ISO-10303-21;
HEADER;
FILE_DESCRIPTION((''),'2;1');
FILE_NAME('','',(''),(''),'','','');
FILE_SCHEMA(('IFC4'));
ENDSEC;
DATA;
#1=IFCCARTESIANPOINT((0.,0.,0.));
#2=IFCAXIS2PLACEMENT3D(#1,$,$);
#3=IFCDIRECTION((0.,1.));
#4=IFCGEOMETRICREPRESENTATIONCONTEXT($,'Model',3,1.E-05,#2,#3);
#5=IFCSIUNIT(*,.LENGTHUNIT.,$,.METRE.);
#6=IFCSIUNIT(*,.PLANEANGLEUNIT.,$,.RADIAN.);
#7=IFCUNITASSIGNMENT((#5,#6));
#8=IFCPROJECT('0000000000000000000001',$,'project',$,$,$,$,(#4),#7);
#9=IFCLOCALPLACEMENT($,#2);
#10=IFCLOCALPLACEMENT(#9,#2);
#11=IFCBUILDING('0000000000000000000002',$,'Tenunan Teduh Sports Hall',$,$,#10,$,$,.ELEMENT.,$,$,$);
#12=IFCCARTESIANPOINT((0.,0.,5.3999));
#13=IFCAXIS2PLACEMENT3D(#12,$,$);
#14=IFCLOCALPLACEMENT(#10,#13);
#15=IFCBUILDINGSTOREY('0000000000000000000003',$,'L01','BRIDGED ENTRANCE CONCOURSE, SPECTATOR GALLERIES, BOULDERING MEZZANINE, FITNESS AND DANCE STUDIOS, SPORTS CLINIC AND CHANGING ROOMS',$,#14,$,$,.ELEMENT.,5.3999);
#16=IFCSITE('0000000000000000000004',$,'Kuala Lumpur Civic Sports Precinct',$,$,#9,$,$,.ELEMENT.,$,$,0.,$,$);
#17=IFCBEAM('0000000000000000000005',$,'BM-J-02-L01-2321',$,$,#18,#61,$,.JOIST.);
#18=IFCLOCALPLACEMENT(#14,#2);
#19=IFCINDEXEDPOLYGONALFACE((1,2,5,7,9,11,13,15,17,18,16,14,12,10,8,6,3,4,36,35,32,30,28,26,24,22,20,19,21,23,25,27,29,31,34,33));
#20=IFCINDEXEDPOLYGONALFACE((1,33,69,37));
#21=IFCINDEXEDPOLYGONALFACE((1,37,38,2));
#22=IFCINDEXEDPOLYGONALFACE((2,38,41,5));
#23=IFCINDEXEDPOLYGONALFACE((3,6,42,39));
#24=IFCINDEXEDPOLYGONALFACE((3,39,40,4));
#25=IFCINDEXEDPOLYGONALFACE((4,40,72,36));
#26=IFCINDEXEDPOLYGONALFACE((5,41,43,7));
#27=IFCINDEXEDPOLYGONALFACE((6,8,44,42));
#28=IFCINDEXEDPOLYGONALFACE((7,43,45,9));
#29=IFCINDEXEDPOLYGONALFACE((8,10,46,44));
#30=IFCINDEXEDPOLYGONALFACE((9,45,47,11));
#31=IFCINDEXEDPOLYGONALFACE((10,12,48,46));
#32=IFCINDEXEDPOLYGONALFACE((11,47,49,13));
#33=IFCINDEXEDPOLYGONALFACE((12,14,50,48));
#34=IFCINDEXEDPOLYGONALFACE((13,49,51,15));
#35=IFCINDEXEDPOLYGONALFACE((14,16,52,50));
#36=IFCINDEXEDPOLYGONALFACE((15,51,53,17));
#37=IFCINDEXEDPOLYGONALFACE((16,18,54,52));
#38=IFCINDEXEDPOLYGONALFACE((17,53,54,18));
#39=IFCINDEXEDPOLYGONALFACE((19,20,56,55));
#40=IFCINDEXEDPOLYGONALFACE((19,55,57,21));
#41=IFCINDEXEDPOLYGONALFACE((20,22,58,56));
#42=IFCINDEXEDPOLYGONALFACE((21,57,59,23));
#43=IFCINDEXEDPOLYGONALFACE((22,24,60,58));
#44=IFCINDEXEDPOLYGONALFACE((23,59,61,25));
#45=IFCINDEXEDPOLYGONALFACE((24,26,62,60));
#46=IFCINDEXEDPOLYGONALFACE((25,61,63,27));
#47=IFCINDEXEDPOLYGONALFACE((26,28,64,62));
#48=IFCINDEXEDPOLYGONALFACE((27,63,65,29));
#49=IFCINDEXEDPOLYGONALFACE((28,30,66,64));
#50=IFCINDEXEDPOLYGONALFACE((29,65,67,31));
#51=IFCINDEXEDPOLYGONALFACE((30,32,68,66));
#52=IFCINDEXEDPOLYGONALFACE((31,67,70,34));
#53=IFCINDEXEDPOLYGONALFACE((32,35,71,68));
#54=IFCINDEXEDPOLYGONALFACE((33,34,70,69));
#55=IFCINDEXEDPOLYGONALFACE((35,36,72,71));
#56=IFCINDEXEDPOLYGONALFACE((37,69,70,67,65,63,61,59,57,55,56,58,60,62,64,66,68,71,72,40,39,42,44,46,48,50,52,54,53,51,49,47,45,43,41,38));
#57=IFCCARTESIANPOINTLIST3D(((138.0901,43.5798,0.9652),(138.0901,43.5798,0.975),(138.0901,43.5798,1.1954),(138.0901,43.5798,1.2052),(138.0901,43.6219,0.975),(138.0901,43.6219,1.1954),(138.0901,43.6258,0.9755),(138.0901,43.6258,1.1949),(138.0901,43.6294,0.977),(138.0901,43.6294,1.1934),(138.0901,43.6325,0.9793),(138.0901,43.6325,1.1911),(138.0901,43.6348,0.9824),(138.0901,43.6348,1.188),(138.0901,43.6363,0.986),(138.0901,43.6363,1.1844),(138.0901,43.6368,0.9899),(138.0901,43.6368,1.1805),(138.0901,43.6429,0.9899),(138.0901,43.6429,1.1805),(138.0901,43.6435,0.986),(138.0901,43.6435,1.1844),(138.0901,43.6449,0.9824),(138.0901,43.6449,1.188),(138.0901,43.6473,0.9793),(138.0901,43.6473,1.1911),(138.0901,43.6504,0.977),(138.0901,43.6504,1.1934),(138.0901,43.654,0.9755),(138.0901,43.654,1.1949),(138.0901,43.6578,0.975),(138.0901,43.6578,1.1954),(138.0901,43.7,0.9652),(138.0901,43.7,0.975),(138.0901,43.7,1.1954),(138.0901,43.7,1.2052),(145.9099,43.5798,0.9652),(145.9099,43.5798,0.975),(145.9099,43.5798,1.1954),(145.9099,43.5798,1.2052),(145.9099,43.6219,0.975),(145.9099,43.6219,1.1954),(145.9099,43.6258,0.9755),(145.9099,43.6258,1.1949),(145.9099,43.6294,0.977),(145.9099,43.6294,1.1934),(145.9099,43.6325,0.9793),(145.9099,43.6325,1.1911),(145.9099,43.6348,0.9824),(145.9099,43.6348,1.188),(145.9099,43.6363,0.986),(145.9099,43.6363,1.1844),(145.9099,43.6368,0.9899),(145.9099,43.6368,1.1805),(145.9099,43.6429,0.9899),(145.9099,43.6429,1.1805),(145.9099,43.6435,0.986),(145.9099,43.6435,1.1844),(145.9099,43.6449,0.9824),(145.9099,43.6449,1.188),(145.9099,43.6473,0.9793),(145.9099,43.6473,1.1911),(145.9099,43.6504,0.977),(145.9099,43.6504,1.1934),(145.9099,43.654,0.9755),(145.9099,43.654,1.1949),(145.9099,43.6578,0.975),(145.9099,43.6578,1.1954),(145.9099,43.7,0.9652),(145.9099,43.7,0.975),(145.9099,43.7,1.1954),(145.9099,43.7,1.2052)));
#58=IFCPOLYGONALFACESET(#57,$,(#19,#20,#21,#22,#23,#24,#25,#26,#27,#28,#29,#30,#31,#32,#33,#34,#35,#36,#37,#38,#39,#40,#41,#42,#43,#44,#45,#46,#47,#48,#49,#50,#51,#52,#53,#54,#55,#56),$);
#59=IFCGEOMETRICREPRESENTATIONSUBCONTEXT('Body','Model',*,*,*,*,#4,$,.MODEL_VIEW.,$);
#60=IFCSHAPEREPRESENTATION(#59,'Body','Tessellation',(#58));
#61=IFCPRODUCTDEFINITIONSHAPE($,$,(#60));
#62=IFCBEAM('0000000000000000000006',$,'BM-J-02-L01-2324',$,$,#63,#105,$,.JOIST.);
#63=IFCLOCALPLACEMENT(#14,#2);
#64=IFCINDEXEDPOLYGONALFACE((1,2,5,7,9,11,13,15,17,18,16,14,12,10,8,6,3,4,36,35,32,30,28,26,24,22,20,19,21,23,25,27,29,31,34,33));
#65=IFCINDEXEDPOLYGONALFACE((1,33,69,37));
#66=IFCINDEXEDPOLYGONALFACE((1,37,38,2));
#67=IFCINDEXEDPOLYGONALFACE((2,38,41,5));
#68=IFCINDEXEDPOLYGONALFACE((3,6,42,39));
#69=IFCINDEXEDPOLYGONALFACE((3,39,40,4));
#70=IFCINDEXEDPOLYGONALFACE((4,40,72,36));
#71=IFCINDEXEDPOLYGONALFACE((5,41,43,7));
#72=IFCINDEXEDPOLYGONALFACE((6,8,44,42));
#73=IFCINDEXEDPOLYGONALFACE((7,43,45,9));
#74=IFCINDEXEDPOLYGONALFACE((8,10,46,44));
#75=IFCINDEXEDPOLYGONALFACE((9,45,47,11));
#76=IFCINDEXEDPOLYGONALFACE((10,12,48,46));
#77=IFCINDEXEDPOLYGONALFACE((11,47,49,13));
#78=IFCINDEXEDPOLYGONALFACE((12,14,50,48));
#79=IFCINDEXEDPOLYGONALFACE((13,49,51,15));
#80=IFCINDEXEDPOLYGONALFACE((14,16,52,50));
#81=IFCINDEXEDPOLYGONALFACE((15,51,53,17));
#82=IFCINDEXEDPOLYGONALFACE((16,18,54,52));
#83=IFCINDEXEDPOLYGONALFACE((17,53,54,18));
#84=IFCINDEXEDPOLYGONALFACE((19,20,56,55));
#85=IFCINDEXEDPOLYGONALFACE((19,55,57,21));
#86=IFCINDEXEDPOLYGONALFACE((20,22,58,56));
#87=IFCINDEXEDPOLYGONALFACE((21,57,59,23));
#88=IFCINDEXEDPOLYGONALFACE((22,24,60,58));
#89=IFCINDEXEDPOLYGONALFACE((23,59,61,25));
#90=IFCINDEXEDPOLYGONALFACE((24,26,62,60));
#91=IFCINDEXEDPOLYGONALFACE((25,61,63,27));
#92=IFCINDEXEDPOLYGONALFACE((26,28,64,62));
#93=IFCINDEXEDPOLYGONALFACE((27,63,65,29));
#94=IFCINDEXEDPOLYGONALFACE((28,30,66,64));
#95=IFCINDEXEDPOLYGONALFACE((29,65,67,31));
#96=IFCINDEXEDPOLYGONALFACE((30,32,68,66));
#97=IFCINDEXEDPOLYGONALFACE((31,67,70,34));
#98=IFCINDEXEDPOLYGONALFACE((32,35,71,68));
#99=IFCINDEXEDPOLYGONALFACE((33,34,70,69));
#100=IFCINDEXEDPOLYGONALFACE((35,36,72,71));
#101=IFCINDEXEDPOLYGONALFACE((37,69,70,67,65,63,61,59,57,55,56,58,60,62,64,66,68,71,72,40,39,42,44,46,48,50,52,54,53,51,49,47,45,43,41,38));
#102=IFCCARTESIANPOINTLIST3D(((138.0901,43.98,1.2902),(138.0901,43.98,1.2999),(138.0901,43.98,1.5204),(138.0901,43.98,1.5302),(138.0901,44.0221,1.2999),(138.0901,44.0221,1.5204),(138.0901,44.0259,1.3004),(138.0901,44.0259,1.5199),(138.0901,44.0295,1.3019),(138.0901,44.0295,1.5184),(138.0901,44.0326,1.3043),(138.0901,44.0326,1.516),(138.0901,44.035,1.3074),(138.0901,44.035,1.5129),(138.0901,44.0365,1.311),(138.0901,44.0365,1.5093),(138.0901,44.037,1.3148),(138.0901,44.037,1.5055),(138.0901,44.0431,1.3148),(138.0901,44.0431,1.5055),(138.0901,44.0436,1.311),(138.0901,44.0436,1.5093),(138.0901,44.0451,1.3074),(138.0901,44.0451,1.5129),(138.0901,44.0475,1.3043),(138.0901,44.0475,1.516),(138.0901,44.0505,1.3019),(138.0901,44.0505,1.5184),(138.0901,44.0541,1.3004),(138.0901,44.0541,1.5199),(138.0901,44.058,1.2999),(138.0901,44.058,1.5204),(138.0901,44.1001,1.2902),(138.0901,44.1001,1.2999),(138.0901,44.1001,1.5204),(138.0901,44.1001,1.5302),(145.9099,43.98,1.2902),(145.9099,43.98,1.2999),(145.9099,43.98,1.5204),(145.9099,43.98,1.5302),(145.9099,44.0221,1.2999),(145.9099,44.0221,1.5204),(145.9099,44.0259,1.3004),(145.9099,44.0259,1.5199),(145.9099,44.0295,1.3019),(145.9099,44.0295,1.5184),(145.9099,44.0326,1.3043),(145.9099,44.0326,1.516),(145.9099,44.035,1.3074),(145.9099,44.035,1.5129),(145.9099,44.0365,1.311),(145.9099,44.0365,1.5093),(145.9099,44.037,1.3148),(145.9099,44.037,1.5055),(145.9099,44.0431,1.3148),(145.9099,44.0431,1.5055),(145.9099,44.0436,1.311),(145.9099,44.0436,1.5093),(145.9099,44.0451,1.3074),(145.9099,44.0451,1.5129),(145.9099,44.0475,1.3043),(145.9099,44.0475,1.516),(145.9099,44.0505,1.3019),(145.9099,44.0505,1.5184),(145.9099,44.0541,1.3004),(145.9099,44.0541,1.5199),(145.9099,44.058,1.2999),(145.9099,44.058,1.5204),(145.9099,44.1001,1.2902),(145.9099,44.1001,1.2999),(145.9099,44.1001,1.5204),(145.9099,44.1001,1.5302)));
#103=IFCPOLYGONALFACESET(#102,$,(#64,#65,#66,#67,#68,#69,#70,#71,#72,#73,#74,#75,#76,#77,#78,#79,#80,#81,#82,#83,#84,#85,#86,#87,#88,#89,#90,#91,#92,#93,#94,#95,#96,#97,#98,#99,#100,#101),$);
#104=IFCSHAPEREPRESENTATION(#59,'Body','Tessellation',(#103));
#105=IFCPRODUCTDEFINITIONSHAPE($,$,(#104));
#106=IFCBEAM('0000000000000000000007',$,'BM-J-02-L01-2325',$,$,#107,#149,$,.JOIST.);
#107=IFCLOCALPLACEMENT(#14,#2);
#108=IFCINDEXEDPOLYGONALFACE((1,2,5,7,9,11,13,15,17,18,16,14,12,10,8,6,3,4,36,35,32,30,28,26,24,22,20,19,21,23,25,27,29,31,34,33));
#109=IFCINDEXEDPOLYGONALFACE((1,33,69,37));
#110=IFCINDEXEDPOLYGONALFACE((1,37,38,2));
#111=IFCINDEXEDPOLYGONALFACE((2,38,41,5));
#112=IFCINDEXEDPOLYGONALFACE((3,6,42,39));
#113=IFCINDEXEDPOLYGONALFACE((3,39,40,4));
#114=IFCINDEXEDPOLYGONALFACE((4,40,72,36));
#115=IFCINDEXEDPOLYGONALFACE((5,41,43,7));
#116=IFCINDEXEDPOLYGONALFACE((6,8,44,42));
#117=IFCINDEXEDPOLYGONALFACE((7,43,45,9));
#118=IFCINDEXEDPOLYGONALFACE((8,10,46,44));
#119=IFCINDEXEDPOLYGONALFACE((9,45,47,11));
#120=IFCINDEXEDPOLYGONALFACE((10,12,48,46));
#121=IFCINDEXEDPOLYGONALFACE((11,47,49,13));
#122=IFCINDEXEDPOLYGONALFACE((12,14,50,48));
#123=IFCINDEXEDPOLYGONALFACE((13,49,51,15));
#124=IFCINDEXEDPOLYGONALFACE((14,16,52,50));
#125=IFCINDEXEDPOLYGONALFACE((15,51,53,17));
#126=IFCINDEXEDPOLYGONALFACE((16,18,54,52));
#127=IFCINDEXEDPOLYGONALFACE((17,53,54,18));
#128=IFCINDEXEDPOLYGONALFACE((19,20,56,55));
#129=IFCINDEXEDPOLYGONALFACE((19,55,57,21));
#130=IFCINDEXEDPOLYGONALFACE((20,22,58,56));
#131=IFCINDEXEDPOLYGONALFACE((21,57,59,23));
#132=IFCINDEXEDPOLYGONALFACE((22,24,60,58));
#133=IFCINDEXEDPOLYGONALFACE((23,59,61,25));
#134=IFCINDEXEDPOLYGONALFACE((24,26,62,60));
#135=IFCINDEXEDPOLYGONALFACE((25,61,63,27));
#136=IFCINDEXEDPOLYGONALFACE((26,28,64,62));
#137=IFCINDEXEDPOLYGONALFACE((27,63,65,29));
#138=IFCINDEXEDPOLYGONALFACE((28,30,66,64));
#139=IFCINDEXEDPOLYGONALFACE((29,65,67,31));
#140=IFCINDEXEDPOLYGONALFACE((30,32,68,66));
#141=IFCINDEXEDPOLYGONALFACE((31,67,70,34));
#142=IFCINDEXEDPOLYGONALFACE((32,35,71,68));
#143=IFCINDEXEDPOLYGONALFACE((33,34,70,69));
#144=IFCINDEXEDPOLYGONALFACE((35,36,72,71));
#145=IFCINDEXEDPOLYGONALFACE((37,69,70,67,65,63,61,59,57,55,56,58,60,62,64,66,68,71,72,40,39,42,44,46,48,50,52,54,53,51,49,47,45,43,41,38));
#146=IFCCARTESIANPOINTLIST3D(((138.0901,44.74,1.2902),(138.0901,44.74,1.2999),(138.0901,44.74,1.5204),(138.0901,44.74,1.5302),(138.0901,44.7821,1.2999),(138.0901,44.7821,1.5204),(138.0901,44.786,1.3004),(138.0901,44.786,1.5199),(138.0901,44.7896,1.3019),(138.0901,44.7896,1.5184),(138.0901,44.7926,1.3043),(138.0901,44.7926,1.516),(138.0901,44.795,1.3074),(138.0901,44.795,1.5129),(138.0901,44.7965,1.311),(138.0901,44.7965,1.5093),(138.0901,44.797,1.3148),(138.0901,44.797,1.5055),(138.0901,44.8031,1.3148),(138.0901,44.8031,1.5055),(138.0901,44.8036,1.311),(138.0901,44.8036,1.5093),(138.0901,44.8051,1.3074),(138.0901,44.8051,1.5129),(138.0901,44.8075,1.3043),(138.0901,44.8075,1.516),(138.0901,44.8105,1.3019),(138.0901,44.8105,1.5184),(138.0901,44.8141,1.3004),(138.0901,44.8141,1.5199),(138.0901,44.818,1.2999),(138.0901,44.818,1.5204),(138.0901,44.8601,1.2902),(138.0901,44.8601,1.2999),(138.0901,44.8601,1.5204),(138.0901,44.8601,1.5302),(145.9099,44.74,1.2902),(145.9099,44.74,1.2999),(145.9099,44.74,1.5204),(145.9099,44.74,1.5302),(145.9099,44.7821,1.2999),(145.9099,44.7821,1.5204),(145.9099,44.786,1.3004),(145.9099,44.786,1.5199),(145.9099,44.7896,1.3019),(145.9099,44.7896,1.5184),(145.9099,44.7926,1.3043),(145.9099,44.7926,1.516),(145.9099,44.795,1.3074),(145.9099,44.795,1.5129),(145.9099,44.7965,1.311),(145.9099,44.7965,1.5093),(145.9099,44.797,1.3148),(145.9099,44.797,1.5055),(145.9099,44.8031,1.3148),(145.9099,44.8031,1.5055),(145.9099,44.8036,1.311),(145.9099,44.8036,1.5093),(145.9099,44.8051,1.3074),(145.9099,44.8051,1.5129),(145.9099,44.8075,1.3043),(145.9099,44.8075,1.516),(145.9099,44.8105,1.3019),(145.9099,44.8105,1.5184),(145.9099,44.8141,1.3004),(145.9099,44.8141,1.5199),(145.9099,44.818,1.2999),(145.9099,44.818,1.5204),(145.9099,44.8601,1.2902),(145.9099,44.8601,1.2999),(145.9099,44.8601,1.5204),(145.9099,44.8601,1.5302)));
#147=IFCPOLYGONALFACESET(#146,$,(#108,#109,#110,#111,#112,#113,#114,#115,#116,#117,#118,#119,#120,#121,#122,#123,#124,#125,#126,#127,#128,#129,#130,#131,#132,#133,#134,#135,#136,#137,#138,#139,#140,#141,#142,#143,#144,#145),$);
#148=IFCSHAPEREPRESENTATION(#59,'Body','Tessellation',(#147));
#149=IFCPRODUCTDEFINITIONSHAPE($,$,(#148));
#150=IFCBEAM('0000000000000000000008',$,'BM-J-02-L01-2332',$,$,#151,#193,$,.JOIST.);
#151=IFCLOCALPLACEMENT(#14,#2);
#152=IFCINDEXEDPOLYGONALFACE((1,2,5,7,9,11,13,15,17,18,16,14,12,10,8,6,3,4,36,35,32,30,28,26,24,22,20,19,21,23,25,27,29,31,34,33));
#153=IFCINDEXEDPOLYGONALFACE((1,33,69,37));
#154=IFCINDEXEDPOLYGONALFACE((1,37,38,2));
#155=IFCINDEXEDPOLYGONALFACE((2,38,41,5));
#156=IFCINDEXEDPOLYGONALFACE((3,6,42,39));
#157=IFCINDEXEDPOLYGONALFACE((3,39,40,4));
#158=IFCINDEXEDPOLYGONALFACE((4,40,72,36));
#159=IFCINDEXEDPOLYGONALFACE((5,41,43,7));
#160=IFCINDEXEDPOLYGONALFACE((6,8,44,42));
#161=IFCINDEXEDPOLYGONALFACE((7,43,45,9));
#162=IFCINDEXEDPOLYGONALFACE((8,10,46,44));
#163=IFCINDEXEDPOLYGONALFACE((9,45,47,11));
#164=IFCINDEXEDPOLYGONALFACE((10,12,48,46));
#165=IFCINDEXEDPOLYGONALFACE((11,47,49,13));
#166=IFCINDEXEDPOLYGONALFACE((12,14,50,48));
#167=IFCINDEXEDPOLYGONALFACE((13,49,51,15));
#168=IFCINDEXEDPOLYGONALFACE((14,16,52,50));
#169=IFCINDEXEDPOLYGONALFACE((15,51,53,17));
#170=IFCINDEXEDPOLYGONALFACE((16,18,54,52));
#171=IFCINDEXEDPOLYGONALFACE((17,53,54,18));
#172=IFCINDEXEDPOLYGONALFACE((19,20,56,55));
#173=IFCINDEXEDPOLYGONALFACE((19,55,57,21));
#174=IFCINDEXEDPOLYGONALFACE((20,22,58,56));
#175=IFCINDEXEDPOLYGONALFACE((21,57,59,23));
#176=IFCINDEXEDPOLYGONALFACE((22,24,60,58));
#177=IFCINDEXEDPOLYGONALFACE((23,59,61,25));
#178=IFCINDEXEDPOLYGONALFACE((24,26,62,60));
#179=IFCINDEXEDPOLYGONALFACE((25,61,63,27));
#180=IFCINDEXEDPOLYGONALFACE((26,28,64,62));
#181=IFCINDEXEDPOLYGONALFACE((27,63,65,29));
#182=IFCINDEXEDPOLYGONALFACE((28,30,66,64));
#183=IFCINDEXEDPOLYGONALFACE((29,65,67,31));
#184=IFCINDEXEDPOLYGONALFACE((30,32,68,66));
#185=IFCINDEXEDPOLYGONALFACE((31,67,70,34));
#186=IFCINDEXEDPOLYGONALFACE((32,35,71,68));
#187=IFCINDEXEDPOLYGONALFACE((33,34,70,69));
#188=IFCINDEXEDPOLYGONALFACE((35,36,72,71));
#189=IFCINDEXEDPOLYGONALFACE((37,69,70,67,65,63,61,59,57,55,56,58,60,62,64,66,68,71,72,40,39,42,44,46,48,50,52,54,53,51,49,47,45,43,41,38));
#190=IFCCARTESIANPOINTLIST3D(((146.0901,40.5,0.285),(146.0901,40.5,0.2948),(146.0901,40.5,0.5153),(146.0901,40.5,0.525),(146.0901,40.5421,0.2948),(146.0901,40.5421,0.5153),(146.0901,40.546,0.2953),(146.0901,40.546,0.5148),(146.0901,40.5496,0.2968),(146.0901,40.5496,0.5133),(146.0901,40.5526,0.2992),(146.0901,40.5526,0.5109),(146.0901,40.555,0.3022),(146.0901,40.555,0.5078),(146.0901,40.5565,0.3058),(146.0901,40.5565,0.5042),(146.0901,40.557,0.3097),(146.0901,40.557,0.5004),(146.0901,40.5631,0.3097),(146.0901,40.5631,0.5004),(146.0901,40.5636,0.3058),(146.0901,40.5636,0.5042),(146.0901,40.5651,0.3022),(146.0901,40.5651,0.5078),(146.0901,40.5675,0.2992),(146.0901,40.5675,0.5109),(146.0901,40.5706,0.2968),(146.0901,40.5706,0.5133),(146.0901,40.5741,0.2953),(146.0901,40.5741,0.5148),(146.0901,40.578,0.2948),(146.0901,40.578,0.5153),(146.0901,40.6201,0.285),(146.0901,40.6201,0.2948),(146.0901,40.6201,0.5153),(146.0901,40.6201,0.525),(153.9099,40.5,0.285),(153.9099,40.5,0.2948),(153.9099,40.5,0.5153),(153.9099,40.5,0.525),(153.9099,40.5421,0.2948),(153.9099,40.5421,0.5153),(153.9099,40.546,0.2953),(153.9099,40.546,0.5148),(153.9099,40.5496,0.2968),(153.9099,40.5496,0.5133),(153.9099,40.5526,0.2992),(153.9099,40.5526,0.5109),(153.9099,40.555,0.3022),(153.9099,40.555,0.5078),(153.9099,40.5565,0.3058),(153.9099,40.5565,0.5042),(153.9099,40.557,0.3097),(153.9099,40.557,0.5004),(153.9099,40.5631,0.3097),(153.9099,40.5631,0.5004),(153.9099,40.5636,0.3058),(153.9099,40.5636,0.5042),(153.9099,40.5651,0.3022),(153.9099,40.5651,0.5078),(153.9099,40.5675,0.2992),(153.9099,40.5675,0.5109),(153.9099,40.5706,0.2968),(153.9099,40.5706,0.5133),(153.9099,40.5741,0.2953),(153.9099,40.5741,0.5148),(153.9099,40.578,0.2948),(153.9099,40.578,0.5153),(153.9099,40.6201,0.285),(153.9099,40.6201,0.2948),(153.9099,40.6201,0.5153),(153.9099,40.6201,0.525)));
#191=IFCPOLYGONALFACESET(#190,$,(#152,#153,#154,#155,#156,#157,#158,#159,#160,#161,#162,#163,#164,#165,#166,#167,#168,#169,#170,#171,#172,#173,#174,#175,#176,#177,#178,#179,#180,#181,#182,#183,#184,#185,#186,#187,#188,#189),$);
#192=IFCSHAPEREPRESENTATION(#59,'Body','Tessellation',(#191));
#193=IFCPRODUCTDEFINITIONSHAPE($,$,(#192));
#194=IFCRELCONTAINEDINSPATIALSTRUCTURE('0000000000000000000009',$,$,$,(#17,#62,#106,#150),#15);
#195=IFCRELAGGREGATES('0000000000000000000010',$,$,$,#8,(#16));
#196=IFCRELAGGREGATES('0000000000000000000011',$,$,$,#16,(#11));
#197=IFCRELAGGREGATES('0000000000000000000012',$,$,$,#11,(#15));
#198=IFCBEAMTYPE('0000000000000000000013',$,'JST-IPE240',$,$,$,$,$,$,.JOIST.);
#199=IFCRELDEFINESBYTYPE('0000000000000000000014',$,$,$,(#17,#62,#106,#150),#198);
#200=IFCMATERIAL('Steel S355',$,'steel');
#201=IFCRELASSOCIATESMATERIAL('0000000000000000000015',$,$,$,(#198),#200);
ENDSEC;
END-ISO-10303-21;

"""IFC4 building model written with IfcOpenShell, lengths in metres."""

from ifc_helpers import new_model, si_unit, direction, frame, origin, origin_2d, place, context, subcontext, project, spatial, i_section, extrude, material, material_profile, profile_set, type_object, element, save


model = new_model("IFC4")

# Units and contexts
model_context = context("Model", 3, precision=1e-05, world=origin(), true_north=direction((0.0, 1.0)))
body_context = subcontext(model_context, "Body", "Model", "MODEL_VIEW")
ifc_project = project(units=[si_unit("LENGTHUNIT", "METRE"), si_unit("PLANEANGLEUNIT", "RADIAN")], contexts=[model_context])

# Site, building, storey
site_placement = place(None, origin())
site = spatial("IfcSite", under=ifc_project, at=site_placement, Name="Kuala Lumpur Civic Sports Precinct", CompositionType="ELEMENT", RefElevation=0.0)
building_placement = place(site_placement, origin())
building = spatial("IfcBuilding", under=site, at=building_placement, Name="Tenunan Teduh Sports Hall", CompositionType="ELEMENT")
storey_placement = place(building_placement, frame((0.0, 0.0, 5.3999)))
storey = spatial("IfcBuildingStorey", under=building, at=storey_placement, Name="L01", Description="BRIDGED ENTRANCE CONCOURSE, SPECTATOR GALLERIES, BOULDERING MEZZANINE, FITNESS AND DANCE STUDIOS, SPORTS CLINIC AND CHANGING ROOMS", CompositionType="ELEMENT", Elevation=5.3999)

# Beams
ifc_material_1 = material(Name="Steel S355", Category="steel")
ifc_material_profile_1 = material_profile(ifc_material_1, i_section(OverallWidth=0.1201, OverallDepth=0.24, WebThickness=0.0061, FlangeThickness=0.0098, FilletRadius=0.0149, at=origin_2d()), Name="IPE 240")
ifc_profile_set_1 = profile_set([ifc_material_profile_1], Name="Steel S355")
beam_type_1 = type_object("IfcBeamType", Name="JST-IPE240", PredefinedType="JOIST", material=ifc_profile_set_1)
for number, where, z_axis, x_axis, name in (
    (1, (138.0901, 43.6399, 1.0852), (1.0, 0.0, 0.0), (0.0, 1.0, 0.0), "BM-J-02-L01-2321"),
    (2, (138.0901, 44.04, 1.4102), (1.0, 0.0, 0.0), (0.0, 1.0, 0.0), "BM-J-02-L01-2324"),
    (3, (138.0901, 44.8, 1.4102), (1.0, 0.0, 0.0), (0.0, 1.0, 0.0), "BM-J-02-L01-2325"),
    (4, (146.0901, 40.5601, 0.405), (1.0, 0.0, 0.0), (0.0, 1.0, 0.0), "BM-J-02-L01-2332"),
):
    element("IfcBeam", number, at=place(storey_placement, frame(where, z_axis=z_axis, x_axis=x_axis)), inside=storey, type_object=beam_type_1, Name=name, PredefinedType="JOIST", context=body_context, shape_type="SweptSolid", body=[
        extrude(i_section(OverallWidth=0.1201, OverallDepth=0.24, WebThickness=0.0061, FlangeThickness=0.0098, FilletRadius=0.0149, at=origin_2d()), origin(), (0.0, 0.0, 1.0), 7.8198),
    ])

save(model, "model.ifc")
